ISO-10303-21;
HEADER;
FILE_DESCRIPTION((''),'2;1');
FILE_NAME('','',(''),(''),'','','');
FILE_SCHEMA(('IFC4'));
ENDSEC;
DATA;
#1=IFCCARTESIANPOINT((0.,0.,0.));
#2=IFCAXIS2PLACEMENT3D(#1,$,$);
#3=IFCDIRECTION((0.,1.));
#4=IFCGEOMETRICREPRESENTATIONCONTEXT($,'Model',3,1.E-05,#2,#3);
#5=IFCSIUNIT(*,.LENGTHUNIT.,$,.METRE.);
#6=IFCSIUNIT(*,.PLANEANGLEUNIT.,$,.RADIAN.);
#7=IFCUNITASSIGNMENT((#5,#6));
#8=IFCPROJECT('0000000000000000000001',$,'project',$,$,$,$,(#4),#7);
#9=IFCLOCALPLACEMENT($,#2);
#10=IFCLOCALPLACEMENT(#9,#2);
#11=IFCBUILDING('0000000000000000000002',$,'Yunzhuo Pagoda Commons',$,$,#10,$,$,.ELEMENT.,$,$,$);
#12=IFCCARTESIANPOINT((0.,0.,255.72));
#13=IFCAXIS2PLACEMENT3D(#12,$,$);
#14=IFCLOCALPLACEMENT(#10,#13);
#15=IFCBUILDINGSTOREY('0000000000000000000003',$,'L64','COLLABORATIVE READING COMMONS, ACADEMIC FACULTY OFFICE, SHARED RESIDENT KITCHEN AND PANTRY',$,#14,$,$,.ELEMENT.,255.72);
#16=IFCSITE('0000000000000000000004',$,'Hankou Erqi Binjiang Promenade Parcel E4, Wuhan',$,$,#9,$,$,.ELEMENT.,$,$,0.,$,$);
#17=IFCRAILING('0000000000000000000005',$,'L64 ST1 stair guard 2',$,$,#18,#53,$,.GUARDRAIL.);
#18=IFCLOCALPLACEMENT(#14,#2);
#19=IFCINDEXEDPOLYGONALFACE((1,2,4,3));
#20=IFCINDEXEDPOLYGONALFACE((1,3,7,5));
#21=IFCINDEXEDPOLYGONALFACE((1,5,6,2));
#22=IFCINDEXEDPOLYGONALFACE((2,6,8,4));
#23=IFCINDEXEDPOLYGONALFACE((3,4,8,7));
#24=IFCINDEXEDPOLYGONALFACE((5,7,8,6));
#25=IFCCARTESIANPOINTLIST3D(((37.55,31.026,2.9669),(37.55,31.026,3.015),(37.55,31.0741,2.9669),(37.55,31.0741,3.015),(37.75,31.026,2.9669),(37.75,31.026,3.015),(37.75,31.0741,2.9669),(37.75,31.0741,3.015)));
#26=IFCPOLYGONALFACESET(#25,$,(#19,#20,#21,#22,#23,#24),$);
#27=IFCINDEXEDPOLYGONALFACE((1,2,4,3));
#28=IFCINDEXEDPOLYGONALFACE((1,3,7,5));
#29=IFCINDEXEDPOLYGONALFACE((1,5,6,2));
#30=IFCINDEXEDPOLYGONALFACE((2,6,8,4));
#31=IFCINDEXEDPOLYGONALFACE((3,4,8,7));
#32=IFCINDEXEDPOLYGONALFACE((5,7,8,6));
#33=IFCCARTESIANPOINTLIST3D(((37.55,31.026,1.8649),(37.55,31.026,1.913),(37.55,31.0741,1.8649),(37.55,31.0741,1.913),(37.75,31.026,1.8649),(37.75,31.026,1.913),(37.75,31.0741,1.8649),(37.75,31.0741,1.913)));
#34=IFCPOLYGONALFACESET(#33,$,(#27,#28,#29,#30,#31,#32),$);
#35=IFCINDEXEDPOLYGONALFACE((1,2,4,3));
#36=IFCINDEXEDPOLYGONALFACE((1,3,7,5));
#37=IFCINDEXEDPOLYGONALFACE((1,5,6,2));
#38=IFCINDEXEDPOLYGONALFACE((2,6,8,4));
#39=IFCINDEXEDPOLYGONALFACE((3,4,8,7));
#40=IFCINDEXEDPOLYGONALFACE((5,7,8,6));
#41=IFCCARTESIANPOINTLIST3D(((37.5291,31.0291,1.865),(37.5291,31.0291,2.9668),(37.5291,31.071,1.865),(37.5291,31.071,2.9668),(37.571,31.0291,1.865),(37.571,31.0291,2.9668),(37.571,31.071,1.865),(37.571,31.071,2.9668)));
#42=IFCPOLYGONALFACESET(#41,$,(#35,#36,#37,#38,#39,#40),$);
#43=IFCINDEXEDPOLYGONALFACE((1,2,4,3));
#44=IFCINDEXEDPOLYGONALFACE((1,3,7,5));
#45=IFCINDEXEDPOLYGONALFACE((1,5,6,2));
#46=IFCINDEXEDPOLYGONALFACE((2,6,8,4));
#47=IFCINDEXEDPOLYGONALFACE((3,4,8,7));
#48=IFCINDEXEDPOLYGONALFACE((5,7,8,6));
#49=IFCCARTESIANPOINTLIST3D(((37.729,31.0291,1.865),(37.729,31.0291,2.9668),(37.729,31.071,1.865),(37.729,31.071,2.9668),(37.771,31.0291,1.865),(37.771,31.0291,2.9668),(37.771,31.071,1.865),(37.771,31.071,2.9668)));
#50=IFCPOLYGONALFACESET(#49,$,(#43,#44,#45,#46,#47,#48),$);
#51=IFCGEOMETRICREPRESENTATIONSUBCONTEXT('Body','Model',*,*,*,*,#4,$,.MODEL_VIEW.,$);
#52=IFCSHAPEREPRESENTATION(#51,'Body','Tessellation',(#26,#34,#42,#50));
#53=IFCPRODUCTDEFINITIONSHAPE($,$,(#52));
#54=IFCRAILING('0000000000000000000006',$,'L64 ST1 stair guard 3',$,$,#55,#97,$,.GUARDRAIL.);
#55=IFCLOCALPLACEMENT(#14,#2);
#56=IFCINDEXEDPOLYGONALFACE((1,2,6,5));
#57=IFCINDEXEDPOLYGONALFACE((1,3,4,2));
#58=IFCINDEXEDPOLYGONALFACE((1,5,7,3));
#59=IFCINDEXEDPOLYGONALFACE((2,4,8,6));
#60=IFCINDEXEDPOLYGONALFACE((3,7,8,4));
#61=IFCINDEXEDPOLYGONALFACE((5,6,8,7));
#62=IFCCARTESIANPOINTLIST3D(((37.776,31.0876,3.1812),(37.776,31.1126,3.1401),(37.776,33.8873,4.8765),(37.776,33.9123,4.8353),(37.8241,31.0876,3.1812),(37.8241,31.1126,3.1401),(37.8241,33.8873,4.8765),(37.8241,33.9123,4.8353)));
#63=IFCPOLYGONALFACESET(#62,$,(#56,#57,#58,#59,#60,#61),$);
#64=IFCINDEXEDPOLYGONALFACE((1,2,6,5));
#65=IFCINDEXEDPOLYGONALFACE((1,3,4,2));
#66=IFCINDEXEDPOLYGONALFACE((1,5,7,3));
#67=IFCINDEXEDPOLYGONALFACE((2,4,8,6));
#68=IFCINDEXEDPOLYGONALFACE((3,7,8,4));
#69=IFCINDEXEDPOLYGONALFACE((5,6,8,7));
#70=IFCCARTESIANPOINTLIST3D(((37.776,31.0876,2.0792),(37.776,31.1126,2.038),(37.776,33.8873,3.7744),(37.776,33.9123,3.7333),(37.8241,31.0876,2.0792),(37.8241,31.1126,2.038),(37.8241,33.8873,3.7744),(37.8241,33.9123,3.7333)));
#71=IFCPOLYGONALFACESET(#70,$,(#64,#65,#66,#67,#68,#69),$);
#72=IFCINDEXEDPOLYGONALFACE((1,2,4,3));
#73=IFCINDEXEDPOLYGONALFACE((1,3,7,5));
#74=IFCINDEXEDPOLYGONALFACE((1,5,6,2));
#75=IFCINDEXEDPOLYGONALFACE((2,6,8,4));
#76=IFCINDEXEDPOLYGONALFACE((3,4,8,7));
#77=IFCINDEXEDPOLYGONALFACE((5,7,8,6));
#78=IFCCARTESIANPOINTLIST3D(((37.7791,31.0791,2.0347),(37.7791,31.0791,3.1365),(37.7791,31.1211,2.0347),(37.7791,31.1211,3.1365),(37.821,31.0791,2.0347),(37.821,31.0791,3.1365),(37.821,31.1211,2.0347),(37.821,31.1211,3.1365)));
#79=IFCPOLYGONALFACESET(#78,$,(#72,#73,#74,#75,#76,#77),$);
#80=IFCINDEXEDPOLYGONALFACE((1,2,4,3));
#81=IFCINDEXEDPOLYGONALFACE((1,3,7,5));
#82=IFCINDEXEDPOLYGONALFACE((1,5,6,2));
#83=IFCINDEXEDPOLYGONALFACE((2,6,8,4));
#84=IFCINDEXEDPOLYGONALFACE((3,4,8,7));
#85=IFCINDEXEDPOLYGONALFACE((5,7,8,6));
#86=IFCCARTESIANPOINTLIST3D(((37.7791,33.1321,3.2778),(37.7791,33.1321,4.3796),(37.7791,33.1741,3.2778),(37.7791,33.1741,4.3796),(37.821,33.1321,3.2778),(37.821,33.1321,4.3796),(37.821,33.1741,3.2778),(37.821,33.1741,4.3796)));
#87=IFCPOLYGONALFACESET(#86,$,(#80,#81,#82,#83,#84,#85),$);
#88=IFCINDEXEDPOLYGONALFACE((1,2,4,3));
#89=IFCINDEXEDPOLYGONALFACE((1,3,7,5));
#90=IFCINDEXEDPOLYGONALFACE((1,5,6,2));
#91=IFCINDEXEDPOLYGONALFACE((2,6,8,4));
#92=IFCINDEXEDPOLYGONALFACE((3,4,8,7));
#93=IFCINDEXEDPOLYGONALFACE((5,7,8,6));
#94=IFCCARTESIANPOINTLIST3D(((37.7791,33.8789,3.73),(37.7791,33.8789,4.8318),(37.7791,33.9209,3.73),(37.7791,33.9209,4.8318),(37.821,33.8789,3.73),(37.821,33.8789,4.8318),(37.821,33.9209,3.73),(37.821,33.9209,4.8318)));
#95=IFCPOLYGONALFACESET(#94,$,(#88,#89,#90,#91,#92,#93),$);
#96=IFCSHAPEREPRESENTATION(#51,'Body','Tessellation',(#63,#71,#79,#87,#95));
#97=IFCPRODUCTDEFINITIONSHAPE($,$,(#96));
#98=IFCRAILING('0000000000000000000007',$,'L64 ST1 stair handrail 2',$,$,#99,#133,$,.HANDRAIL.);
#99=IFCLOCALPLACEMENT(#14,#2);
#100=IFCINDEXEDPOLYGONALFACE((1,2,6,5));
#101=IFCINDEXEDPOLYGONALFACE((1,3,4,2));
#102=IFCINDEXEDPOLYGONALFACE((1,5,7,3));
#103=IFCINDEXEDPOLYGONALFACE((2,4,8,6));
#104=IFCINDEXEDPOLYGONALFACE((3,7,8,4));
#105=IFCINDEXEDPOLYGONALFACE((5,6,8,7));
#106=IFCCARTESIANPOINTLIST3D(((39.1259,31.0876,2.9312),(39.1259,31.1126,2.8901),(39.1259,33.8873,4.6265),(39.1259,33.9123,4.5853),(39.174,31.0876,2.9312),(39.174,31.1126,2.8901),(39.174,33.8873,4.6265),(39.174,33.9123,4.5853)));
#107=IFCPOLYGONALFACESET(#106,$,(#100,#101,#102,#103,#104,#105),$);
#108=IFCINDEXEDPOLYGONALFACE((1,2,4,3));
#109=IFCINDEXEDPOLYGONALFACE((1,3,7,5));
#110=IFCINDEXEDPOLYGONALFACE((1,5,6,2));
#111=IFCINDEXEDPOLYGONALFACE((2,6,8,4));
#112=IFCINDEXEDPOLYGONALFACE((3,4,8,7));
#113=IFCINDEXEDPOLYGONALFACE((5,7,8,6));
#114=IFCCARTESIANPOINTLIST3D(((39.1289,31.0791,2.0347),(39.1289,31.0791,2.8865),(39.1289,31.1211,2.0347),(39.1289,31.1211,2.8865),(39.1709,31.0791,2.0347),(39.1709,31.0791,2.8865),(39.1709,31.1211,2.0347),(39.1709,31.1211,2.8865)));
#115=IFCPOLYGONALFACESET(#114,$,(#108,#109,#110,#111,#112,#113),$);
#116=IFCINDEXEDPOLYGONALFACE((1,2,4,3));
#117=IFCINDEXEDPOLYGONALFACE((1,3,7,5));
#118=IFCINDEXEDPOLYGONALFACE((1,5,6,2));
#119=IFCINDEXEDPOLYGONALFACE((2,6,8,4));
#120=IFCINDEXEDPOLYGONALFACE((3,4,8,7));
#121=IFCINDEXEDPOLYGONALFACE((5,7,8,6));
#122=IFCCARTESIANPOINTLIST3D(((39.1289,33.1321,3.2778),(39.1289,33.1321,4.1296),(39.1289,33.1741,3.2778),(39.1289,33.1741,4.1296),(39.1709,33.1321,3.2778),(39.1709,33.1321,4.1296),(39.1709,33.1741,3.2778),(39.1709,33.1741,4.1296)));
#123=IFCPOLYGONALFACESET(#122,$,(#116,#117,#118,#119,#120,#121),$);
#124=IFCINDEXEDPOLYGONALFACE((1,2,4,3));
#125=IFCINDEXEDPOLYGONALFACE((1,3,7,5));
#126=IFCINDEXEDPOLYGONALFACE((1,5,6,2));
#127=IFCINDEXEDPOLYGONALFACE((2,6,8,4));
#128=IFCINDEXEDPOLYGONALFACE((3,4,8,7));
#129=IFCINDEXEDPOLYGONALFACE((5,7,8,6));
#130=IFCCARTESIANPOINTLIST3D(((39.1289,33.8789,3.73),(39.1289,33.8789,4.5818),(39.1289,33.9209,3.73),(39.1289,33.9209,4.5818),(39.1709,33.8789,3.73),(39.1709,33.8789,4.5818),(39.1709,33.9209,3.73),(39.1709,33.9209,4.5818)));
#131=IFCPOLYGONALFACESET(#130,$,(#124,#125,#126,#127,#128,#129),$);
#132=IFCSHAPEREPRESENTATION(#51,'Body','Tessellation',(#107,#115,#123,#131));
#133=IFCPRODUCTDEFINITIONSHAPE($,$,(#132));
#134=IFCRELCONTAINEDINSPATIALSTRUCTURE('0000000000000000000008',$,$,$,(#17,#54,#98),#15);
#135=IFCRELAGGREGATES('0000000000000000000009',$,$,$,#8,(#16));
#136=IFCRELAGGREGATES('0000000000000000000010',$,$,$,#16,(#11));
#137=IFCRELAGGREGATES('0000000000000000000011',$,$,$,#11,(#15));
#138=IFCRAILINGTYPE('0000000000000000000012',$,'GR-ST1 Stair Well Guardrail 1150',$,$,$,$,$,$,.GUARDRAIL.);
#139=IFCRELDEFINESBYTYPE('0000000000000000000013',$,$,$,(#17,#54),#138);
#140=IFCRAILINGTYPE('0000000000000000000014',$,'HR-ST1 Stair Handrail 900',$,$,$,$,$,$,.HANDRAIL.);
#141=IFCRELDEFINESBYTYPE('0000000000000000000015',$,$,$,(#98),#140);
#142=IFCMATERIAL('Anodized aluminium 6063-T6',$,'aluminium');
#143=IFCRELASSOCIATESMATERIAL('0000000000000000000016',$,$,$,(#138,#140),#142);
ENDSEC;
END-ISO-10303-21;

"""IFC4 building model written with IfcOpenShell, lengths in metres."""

from ifc_helpers import new_model, si_unit, direction, frame, origin, origin_2d, place, context, subcontext, project, spatial, rectangle, extrude, material, type_object, element, save


model = new_model("IFC4")

# Units and contexts
model_context = context("Model", 3, precision=1e-05, world=origin(), true_north=direction((0.0, 1.0)))
body_context = subcontext(model_context, "Body", "Model", "MODEL_VIEW")
ifc_project = project(units=[si_unit("LENGTHUNIT", "METRE"), si_unit("PLANEANGLEUNIT", "RADIAN")], contexts=[model_context])

# Site, building, storey
site_placement = place(None, origin())
site = spatial("IfcSite", under=ifc_project, at=site_placement, Name="Hankou Erqi Binjiang Promenade Parcel E4, Wuhan", CompositionType="ELEMENT", RefElevation=0.0)
building_placement = place(site_placement, origin())
building = spatial("IfcBuilding", under=site, at=building_placement, Name="Yunzhuo Pagoda Commons", CompositionType="ELEMENT")
storey_placement = place(building_placement, frame((0.0, 0.0, 255.72)))
storey = spatial("IfcBuildingStorey", under=building, at=storey_placement, Name="L64", Description="COLLABORATIVE READING COMMONS, ACADEMIC FACULTY OFFICE, SHARED RESIDENT KITCHEN AND PANTRY", CompositionType="ELEMENT", Elevation=255.72)

# Railings
ifc_material_1 = material(Name="Anodized aluminium 6063-T6", Category="aluminium")
railing_type_1 = type_object("IfcRailingType", Name="GR-ST1 Stair Well Guardrail 1150", PredefinedType="GUARDRAIL", material=ifc_material_1)
railing_1_placement = place(storey_placement, frame((37.55, 31.05, 1.865)))
element("IfcRailing", 1, at=railing_1_placement, inside=storey, type_object=railing_type_1, Name="L64 ST1 stair guard 2", PredefinedType="GUARDRAIL", context=body_context, shape_type="SweptSolid", body=[
    extrude(rectangle(XDim=0.0481, YDim=0.0481, at=origin_2d()), frame((0.0, 0.0, 1.126), z_axis=(1.0, 0.0, 0.0), x_axis=(0.0, 1.0, 0.0)), (0.0, 0.0, 1.0), 0.2),
    extrude(rectangle(XDim=0.0481, YDim=0.0481, at=origin_2d()), frame((0.0, 0.0, 0.0239), z_axis=(1.0, 0.0, 0.0), x_axis=(0.0, 1.0, 0.0)), (0.0, 0.0, 1.0), 0.2),
    extrude(rectangle(XDim=0.042, YDim=0.042, at=origin_2d()), origin(), (0.0, 0.0, 1.0), 1.1018),
    extrude(rectangle(XDim=0.042, YDim=0.042, at=origin_2d()), frame((0.2, 0.0, 0.0)), (0.0, 0.0, 1.0), 1.1018),
])
railing_2_placement = place(storey_placement, frame((37.8, 31.1001, 2.0347)))
element("IfcRailing", 2, at=railing_2_placement, inside=storey, type_object=railing_type_1, Name="L64 ST1 stair guard 3", PredefinedType="GUARDRAIL", context=body_context, shape_type="SweptSolid", body=[
    extrude(rectangle(XDim=0.0481, YDim=0.0481, at=origin_2d()), frame((0.0, 0.0, 1.126), z_axis=(0.0, 0.855406, 0.517958), x_axis=(-1.0, 0.0, 0.0)), (0.0, 0.0, 1.0), 3.2729),
    extrude(rectangle(XDim=0.0481, YDim=0.0481, at=origin_2d()), frame((0.0, 0.0, 0.0239), z_axis=(0.0, 0.855406, 0.517958), x_axis=(-1.0, 0.0, 0.0)), (0.0, 0.0, 1.0), 3.2729),
    extrude(rectangle(XDim=0.042, YDim=0.042, at=origin_2d()), origin(), (0.0, 0.0, 1.0), 1.1018),
    extrude(rectangle(XDim=0.042, YDim=0.042, at=origin_2d()), frame((0.0, 2.053, 1.2432)), (0.0, 0.0, 1.0), 1.1018),
    extrude(rectangle(XDim=0.042, YDim=0.042, at=origin_2d()), frame((0.0, 2.7998, 1.6953)), (0.0, 0.0, 1.0), 1.1018),
])
railing_type_2 = type_object("IfcRailingType", Name="HR-ST1 Stair Handrail 900", PredefinedType="HANDRAIL", material=ifc_material_1)
railing_3_placement = place(storey_placement, frame((39.1499, 31.1001, 2.0347)))
element("IfcRailing", 3, at=railing_3_placement, inside=storey, type_object=railing_type_2, Name="L64 ST1 stair handrail 2", PredefinedType="HANDRAIL", context=body_context, shape_type="SweptSolid", body=[
    extrude(rectangle(XDim=0.0481, YDim=0.0481, at=origin_2d()), frame((0.0, 0.0, 0.876), z_axis=(0.0, 0.855406, 0.517958), x_axis=(-1.0, 0.0, 0.0)), (0.0, 0.0, 1.0), 3.2729),
    extrude(rectangle(XDim=0.042, YDim=0.042, at=origin_2d()), origin(), (0.0, 0.0, 1.0), 0.8518),
    extrude(rectangle(XDim=0.042, YDim=0.042, at=origin_2d()), frame((0.0, 2.053, 1.2432)), (0.0, 0.0, 1.0), 0.8518),
    extrude(rectangle(XDim=0.042, YDim=0.042, at=origin_2d()), frame((0.0, 2.7998, 1.6953)), (0.0, 0.0, 1.0), 0.8518),
])

save(model, "model.ifc")
